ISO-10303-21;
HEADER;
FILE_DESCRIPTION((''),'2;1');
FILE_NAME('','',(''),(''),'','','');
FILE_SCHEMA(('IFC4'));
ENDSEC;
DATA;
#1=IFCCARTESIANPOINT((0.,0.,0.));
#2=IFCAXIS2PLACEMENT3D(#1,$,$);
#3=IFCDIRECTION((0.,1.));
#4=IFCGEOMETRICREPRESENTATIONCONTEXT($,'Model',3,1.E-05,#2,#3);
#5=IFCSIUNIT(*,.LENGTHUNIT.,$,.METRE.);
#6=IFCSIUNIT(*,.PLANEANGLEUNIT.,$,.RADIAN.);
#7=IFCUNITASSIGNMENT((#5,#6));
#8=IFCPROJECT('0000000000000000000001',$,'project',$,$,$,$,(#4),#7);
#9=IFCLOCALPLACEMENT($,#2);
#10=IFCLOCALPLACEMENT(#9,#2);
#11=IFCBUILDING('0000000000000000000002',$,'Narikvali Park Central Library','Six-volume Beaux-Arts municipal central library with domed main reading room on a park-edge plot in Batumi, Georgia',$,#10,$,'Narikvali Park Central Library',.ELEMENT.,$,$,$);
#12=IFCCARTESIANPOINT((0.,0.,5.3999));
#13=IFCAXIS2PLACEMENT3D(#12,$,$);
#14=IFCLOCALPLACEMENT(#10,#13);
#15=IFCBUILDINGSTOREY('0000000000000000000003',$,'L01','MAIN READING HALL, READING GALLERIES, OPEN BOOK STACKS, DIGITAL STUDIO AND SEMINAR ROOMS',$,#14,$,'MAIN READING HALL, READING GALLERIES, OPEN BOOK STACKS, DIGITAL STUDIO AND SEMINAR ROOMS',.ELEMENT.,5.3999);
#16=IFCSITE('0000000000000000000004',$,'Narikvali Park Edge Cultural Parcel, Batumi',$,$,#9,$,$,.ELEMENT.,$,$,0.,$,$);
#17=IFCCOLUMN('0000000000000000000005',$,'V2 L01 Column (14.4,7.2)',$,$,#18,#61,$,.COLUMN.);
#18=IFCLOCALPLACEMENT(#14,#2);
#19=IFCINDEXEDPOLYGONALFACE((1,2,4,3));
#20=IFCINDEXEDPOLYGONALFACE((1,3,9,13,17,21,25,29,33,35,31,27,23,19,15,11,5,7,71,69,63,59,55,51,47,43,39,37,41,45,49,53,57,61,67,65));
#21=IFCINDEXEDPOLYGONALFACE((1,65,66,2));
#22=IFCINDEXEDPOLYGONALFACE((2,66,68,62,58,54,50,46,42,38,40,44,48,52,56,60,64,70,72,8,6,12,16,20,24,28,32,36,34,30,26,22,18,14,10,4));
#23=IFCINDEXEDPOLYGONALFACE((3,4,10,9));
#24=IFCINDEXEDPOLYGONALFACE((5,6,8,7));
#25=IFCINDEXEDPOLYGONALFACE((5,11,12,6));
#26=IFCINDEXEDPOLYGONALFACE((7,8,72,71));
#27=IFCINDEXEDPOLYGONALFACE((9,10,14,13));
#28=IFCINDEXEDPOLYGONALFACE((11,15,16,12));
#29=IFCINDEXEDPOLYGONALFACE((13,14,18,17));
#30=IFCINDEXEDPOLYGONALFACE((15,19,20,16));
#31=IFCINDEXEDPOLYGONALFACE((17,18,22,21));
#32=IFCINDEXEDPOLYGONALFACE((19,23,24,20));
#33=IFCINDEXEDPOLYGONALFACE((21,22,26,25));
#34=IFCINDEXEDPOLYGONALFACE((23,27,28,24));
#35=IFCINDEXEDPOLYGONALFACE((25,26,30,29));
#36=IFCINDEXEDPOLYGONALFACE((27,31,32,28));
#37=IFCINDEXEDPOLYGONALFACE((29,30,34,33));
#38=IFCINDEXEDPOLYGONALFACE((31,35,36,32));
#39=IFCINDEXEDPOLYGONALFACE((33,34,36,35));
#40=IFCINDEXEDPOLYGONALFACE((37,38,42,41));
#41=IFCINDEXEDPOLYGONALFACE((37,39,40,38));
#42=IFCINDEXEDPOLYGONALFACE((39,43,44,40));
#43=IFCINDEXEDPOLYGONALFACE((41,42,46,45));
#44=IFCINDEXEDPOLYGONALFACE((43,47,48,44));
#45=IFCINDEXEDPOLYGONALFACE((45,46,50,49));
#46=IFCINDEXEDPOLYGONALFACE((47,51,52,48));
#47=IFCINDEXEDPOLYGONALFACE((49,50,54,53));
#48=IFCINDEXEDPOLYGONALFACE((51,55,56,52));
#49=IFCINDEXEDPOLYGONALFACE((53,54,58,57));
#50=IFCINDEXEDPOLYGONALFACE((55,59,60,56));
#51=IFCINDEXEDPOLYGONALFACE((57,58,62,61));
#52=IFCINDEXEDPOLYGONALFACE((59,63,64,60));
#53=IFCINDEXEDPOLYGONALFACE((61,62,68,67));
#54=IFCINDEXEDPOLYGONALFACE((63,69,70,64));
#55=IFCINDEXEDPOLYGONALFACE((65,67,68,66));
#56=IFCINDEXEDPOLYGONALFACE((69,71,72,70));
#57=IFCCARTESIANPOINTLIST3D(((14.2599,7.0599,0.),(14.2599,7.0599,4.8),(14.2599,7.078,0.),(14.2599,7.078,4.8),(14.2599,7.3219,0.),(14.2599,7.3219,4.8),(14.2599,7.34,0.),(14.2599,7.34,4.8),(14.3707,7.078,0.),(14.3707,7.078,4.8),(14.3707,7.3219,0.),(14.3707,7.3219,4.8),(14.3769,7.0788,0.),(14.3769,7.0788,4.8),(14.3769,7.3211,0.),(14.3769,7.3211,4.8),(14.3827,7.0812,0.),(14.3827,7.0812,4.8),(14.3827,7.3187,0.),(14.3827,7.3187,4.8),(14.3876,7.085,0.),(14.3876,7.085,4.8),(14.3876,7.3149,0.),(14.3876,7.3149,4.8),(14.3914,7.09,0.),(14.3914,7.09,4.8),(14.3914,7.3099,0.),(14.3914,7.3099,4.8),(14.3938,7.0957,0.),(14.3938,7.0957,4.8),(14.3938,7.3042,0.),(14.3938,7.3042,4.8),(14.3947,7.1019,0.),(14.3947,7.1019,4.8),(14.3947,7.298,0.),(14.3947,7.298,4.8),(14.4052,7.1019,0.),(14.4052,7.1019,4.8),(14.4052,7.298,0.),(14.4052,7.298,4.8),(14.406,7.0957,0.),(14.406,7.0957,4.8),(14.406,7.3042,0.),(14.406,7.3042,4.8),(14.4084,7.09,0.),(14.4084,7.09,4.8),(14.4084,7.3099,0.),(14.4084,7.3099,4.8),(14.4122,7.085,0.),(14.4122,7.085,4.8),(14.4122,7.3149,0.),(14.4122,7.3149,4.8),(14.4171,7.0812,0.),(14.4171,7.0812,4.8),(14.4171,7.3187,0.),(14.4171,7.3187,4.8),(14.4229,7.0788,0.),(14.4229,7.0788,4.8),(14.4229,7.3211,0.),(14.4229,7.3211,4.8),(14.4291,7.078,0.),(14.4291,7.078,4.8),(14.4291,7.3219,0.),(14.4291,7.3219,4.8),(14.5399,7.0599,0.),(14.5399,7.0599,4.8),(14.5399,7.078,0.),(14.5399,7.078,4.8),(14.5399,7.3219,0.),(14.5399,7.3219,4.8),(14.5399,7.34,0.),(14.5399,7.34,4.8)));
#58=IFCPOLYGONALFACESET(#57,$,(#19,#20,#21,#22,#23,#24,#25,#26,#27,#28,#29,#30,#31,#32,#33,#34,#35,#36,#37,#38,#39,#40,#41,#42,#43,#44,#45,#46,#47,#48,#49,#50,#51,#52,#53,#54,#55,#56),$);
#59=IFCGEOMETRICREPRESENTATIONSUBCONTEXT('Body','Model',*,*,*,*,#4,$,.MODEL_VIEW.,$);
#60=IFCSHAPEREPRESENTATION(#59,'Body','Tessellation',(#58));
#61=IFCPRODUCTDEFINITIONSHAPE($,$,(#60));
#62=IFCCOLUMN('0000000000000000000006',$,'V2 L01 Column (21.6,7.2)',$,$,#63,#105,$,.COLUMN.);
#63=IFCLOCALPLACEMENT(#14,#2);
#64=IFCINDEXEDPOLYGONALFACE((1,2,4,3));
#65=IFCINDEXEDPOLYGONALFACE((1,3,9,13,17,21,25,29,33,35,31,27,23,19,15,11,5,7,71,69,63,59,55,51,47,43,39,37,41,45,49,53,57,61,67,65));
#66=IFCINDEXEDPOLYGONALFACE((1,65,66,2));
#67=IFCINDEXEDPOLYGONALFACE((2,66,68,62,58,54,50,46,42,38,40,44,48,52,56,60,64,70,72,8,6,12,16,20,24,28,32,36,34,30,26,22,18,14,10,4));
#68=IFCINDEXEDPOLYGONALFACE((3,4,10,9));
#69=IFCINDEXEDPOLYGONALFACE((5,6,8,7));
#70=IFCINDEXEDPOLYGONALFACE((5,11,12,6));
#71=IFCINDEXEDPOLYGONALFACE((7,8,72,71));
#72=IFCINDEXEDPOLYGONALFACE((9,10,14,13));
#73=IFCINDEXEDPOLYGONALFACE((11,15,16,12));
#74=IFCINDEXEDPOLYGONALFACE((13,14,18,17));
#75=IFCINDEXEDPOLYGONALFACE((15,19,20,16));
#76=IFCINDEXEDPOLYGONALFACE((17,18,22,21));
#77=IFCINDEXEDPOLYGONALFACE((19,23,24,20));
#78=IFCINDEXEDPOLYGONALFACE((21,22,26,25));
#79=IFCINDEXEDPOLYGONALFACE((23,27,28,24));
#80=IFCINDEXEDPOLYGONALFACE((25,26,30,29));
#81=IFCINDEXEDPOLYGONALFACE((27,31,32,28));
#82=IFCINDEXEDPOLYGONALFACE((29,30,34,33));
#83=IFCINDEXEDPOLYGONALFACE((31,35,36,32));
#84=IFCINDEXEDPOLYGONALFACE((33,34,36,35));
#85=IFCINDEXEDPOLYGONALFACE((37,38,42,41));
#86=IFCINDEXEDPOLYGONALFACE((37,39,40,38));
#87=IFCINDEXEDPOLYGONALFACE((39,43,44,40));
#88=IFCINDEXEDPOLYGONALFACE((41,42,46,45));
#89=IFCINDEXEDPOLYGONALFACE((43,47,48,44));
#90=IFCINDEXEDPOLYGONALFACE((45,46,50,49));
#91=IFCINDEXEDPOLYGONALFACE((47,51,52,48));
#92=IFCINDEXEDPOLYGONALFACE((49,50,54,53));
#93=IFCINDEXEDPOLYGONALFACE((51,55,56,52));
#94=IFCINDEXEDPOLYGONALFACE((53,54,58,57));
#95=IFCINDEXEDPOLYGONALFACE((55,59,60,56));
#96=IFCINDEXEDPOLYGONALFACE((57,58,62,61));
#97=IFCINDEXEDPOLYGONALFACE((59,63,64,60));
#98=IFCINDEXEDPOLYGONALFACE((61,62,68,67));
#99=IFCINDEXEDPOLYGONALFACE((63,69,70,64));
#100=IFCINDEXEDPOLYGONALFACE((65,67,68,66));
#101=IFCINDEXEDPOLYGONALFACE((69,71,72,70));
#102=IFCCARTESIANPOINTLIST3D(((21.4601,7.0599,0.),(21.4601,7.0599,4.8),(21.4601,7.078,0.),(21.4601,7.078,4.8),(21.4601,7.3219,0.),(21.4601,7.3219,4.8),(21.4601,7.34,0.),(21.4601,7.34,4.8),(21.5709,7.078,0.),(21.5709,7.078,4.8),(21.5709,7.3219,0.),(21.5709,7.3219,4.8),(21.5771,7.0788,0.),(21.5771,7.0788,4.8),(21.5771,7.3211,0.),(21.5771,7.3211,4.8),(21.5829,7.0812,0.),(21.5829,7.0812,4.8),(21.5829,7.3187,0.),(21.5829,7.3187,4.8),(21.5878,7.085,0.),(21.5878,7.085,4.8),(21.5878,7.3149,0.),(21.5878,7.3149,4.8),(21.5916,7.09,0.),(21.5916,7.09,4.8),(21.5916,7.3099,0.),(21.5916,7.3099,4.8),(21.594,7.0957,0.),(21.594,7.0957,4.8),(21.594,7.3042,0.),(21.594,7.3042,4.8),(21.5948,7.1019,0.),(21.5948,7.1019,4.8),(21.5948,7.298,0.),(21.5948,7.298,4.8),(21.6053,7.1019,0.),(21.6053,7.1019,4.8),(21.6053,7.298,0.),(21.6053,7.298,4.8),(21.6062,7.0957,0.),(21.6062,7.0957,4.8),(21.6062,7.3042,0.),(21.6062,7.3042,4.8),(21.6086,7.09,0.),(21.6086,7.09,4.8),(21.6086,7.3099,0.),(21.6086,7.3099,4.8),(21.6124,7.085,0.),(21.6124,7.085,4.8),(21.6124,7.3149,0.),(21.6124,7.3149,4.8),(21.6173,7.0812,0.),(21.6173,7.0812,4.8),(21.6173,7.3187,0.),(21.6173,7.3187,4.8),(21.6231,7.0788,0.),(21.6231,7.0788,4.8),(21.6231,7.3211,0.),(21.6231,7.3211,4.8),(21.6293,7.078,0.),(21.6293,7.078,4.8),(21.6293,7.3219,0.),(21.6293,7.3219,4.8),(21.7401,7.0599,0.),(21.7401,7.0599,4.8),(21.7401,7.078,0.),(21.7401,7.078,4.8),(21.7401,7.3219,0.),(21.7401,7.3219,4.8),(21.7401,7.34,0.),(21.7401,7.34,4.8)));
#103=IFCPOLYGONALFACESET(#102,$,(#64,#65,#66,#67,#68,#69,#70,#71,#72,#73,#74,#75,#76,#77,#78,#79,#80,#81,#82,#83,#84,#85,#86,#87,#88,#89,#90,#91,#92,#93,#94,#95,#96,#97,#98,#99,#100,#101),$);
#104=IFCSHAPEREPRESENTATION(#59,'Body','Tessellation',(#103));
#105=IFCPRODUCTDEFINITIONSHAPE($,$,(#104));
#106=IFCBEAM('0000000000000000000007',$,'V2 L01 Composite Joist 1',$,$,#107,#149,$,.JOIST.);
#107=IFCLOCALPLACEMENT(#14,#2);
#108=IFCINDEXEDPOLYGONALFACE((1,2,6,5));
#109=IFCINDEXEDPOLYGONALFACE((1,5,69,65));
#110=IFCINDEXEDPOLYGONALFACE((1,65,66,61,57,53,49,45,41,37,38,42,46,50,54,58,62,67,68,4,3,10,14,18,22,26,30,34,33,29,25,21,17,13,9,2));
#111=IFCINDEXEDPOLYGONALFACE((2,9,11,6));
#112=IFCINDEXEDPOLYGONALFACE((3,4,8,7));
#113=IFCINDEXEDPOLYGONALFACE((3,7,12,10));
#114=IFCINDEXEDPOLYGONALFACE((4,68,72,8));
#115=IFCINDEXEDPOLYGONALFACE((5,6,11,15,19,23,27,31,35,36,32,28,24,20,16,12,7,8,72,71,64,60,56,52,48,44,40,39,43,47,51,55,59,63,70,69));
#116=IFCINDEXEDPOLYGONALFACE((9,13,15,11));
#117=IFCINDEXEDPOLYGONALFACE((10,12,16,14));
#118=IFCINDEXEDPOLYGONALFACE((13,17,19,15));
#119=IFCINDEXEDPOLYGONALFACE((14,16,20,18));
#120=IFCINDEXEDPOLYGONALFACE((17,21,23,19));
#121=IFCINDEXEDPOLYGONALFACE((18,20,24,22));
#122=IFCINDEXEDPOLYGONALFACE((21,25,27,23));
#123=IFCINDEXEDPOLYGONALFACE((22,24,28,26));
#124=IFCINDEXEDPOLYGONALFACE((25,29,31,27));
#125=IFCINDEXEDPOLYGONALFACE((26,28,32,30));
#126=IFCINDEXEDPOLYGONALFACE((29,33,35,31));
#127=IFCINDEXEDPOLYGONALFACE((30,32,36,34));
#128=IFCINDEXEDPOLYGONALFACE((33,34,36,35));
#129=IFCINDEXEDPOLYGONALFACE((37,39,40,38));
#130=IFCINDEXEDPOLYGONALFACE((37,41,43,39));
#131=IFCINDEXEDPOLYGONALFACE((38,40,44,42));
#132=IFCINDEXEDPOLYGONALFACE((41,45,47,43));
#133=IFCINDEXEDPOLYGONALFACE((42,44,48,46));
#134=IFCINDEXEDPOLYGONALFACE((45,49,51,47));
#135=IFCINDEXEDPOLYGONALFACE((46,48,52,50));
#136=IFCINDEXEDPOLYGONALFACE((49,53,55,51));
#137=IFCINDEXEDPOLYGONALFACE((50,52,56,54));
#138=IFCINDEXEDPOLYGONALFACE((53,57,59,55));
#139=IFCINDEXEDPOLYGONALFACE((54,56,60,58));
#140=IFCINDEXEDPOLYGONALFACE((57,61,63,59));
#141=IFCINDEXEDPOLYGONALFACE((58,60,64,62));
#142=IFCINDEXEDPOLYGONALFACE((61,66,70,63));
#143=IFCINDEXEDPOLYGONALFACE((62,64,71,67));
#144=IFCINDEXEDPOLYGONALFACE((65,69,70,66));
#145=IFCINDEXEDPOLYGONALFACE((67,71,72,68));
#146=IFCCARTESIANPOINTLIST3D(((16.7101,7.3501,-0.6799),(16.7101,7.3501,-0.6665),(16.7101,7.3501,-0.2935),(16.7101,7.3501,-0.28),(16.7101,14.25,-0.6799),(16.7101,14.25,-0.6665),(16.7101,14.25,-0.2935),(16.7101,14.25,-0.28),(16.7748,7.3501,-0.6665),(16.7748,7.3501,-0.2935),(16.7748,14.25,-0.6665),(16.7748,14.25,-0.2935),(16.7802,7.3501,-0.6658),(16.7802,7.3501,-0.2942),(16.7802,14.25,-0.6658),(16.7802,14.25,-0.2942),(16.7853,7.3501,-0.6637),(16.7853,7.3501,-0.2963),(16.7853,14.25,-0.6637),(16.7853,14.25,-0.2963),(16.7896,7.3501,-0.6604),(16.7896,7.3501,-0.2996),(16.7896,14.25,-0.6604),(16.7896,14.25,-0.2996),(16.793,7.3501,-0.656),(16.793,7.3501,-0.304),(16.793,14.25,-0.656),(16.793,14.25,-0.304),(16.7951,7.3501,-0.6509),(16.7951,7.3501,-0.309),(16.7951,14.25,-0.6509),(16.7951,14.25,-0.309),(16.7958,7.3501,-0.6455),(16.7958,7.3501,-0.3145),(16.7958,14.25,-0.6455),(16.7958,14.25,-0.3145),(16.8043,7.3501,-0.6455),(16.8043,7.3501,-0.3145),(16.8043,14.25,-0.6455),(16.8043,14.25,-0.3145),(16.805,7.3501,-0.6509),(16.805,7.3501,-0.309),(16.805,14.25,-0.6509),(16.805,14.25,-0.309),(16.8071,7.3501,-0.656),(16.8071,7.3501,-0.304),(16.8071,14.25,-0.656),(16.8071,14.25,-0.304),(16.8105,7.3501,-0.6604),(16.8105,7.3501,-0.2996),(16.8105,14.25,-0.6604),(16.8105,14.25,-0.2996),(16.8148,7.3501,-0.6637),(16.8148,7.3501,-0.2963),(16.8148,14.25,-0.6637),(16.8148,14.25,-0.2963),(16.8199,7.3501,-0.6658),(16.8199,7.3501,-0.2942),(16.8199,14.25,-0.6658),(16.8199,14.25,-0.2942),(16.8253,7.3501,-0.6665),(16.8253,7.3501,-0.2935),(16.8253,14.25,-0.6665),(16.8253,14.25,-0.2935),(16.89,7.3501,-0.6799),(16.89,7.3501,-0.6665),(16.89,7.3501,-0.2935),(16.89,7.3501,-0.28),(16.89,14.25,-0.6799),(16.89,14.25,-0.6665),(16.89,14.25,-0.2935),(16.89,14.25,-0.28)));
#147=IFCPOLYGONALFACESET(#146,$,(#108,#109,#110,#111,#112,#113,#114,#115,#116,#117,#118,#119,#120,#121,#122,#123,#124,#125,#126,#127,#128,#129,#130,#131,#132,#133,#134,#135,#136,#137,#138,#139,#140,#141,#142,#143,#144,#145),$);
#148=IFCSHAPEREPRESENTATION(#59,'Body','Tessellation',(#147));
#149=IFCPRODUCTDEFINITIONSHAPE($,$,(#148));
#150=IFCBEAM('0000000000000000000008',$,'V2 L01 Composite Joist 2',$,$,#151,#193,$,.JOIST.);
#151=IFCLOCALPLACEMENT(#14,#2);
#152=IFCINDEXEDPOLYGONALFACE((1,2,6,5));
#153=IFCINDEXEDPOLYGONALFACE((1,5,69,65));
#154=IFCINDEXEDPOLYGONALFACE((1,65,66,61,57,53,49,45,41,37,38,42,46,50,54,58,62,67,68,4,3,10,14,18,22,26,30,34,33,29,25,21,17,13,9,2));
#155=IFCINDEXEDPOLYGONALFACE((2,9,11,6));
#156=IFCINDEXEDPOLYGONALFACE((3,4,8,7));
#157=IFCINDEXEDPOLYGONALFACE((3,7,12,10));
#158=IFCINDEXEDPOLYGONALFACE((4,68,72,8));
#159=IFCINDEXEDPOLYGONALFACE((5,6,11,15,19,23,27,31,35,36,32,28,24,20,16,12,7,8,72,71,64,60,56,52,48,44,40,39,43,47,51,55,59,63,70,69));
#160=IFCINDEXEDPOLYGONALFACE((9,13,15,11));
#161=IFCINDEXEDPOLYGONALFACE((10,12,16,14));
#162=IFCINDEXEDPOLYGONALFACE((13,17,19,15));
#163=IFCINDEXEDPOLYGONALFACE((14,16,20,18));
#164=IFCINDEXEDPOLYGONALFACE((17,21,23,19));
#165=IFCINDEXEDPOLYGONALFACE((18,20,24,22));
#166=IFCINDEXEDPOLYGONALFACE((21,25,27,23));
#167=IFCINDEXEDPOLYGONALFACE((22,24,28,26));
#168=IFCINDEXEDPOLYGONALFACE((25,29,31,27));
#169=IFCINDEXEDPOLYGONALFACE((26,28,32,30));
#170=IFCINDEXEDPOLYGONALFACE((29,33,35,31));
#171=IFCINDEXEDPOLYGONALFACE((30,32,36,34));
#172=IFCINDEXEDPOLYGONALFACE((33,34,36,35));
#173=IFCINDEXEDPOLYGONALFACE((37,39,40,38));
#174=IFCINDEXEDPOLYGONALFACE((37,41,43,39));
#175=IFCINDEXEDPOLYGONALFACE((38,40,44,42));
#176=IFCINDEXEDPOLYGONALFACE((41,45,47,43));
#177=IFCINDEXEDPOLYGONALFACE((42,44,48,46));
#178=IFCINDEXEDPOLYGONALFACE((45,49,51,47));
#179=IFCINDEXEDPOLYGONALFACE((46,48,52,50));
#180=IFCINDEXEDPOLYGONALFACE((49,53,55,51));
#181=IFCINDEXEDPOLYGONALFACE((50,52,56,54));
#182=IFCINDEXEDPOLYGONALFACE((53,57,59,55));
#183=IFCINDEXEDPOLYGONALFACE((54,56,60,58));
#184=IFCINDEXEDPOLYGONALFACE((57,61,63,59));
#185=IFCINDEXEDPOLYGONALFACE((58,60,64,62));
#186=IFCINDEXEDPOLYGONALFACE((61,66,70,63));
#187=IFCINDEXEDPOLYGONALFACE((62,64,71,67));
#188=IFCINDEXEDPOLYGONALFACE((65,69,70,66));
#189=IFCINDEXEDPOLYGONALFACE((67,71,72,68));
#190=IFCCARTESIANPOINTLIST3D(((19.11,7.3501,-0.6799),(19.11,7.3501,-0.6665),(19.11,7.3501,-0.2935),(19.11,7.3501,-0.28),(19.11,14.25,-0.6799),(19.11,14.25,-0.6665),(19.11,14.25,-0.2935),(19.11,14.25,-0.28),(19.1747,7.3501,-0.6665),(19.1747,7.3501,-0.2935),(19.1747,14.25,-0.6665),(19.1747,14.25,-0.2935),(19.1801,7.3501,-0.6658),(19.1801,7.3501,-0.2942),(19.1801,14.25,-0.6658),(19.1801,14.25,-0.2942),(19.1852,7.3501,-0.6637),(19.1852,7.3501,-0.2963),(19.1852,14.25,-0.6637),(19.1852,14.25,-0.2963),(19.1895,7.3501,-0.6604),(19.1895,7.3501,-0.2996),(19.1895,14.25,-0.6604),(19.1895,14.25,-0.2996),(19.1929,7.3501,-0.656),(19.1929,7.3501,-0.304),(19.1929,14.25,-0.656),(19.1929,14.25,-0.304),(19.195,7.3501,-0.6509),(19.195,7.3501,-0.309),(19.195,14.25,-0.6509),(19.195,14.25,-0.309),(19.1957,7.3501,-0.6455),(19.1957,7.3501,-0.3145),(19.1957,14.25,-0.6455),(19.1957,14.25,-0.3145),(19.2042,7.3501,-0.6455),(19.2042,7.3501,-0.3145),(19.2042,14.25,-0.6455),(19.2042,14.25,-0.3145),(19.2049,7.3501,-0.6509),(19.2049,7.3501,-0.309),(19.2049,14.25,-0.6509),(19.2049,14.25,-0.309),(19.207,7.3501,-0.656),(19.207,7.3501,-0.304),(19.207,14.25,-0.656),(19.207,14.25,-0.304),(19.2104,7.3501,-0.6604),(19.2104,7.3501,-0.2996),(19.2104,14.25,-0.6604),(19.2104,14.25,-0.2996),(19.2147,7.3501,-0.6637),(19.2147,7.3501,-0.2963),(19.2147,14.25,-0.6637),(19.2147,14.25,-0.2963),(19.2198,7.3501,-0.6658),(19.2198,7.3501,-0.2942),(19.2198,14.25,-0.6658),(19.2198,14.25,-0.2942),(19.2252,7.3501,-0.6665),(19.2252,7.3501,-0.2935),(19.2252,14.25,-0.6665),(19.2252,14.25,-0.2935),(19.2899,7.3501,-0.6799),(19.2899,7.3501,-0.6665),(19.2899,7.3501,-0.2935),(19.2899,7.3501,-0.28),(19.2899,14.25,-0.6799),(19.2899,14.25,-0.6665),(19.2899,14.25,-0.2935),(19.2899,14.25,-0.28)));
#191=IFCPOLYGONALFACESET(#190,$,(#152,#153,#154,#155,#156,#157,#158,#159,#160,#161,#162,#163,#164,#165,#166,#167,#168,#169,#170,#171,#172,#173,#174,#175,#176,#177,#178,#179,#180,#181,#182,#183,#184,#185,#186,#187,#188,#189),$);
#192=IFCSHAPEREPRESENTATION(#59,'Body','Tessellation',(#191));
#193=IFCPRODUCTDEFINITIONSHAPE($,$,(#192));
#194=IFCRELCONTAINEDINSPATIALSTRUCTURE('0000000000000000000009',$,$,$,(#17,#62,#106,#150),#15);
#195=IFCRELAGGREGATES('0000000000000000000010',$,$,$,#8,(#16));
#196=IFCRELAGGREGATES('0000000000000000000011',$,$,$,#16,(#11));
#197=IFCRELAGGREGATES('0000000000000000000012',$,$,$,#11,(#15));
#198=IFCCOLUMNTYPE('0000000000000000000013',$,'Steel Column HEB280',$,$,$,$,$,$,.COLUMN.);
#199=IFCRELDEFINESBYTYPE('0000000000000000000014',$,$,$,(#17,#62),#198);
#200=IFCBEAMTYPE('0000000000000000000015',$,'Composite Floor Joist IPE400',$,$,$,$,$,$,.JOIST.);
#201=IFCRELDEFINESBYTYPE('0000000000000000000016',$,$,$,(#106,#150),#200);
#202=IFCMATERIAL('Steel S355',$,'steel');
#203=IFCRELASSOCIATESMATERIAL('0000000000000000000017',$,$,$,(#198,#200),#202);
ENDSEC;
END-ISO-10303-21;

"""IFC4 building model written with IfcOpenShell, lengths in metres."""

from ifc_helpers import new_model, si_unit, direction, frame, origin, origin_2d, place, context, subcontext, project, spatial, i_section, extrude, material, material_profile, profile_set, type_object, element, save


model = new_model("IFC4")

# Units and contexts
model_context = context("Model", 3, precision=1e-05, world=origin(), true_north=direction((0.0, 1.0)))
body_context = subcontext(model_context, "Body", "Model", "MODEL_VIEW")
ifc_project = project(units=[si_unit("LENGTHUNIT", "METRE"), si_unit("PLANEANGLEUNIT", "RADIAN")], contexts=[model_context])

# Site, building, storey
site_placement = place(None, origin())
site = spatial("IfcSite", under=ifc_project, at=site_placement, Name="Narikvali Park Edge Cultural Parcel, Batumi", CompositionType="ELEMENT", RefElevation=0.0)
building_placement = place(site_placement, origin())
building = spatial("IfcBuilding", under=site, at=building_placement, Name="Narikvali Park Central Library", Description="Six-volume Beaux-Arts municipal central library with domed main reading room on a park-edge plot in Batumi, Georgia", LongName="Narikvali Park Central Library", CompositionType="ELEMENT")
storey_placement = place(building_placement, frame((0.0, 0.0, 5.3999)))
storey = spatial("IfcBuildingStorey", under=building, at=storey_placement, Name="L01", Description="MAIN READING HALL, READING GALLERIES, OPEN BOOK STACKS, DIGITAL STUDIO AND SEMINAR ROOMS", LongName="MAIN READING HALL, READING GALLERIES, OPEN BOOK STACKS, DIGITAL STUDIO AND SEMINAR ROOMS", CompositionType="ELEMENT", Elevation=5.3999)

# Columns
ifc_material_1 = material(Name="Steel S355", Category="steel")
ifc_material_profile_1 = material_profile(ifc_material_1, i_section(OverallWidth=0.28, OverallDepth=0.28, WebThickness=0.0105, FlangeThickness=0.0181, FilletRadius=0.0239, at=origin_2d()), Name="HEB 280")
ifc_profile_set_1 = profile_set([ifc_material_profile_1], Name="Steel S355")
column_type = type_object("IfcColumnType", Name="Steel Column HEB280", PredefinedType="COLUMN", material=ifc_profile_set_1)
for number, where, z_axis, x_axis, name in (
    (1, (14.3999, 7.2, 0.0), (0.0, 0.0, 1.0), (1.0, 0.0, 0.0), "V2 L01 Column (14.4,7.2)"),
    (2, (21.6001, 7.2, 0.0), (0.0, 0.0, 1.0), (1.0, 0.0, 0.0), "V2 L01 Column (21.6,7.2)"),
):
    element("IfcColumn", number, at=place(storey_placement, frame(where, z_axis=z_axis, x_axis=x_axis)), inside=storey, type_object=column_type, Name=name, PredefinedType="COLUMN", context=body_context, shape_type="SweptSolid", body=[
        extrude(i_section(OverallWidth=0.28, OverallDepth=0.28, WebThickness=0.0105, FlangeThickness=0.0181, FilletRadius=0.0239, at=origin_2d()), origin(), (0.0, 0.0, 1.0), 4.8),
    ])

# Beams
ifc_material_profile_2 = material_profile(ifc_material_1, i_section(OverallWidth=0.1799, OverallDepth=0.3999, WebThickness=0.0085, FlangeThickness=0.0134, FilletRadius=0.021, at=origin_2d()), Name="IPE 400")
ifc_profile_set_2 = profile_set([ifc_material_profile_2], Name="Steel S355")
beam_type_1 = type_object("IfcBeamType", Name="Composite Floor Joist IPE400", PredefinedType="JOIST", material=ifc_profile_set_2)
for number, where, z_axis, x_axis, name in (
    (3, (16.8, 7.3501, -0.48), (0.0, 1.0, 0.0), (-1.0, 0.0, 0.0), "V2 L01 Composite Joist 1"),
    (4, (19.2, 7.3501, -0.48), (0.0, 1.0, 0.0), (-1.0, 0.0, 0.0), "V2 L01 Composite Joist 2"),
):
    element("IfcBeam", number, at=place(storey_placement, frame(where, z_axis=z_axis, x_axis=x_axis)), inside=storey, type_object=beam_type_1, Name=name, PredefinedType="JOIST", context=body_context, shape_type="SweptSolid", body=[
        extrude(i_section(OverallWidth=0.1799, OverallDepth=0.3999, WebThickness=0.0085, FlangeThickness=0.0134, FilletRadius=0.021, at=origin_2d()), origin(), (0.0, 0.0, 1.0), 6.8999),
    ])

save(model, "model.ifc")
